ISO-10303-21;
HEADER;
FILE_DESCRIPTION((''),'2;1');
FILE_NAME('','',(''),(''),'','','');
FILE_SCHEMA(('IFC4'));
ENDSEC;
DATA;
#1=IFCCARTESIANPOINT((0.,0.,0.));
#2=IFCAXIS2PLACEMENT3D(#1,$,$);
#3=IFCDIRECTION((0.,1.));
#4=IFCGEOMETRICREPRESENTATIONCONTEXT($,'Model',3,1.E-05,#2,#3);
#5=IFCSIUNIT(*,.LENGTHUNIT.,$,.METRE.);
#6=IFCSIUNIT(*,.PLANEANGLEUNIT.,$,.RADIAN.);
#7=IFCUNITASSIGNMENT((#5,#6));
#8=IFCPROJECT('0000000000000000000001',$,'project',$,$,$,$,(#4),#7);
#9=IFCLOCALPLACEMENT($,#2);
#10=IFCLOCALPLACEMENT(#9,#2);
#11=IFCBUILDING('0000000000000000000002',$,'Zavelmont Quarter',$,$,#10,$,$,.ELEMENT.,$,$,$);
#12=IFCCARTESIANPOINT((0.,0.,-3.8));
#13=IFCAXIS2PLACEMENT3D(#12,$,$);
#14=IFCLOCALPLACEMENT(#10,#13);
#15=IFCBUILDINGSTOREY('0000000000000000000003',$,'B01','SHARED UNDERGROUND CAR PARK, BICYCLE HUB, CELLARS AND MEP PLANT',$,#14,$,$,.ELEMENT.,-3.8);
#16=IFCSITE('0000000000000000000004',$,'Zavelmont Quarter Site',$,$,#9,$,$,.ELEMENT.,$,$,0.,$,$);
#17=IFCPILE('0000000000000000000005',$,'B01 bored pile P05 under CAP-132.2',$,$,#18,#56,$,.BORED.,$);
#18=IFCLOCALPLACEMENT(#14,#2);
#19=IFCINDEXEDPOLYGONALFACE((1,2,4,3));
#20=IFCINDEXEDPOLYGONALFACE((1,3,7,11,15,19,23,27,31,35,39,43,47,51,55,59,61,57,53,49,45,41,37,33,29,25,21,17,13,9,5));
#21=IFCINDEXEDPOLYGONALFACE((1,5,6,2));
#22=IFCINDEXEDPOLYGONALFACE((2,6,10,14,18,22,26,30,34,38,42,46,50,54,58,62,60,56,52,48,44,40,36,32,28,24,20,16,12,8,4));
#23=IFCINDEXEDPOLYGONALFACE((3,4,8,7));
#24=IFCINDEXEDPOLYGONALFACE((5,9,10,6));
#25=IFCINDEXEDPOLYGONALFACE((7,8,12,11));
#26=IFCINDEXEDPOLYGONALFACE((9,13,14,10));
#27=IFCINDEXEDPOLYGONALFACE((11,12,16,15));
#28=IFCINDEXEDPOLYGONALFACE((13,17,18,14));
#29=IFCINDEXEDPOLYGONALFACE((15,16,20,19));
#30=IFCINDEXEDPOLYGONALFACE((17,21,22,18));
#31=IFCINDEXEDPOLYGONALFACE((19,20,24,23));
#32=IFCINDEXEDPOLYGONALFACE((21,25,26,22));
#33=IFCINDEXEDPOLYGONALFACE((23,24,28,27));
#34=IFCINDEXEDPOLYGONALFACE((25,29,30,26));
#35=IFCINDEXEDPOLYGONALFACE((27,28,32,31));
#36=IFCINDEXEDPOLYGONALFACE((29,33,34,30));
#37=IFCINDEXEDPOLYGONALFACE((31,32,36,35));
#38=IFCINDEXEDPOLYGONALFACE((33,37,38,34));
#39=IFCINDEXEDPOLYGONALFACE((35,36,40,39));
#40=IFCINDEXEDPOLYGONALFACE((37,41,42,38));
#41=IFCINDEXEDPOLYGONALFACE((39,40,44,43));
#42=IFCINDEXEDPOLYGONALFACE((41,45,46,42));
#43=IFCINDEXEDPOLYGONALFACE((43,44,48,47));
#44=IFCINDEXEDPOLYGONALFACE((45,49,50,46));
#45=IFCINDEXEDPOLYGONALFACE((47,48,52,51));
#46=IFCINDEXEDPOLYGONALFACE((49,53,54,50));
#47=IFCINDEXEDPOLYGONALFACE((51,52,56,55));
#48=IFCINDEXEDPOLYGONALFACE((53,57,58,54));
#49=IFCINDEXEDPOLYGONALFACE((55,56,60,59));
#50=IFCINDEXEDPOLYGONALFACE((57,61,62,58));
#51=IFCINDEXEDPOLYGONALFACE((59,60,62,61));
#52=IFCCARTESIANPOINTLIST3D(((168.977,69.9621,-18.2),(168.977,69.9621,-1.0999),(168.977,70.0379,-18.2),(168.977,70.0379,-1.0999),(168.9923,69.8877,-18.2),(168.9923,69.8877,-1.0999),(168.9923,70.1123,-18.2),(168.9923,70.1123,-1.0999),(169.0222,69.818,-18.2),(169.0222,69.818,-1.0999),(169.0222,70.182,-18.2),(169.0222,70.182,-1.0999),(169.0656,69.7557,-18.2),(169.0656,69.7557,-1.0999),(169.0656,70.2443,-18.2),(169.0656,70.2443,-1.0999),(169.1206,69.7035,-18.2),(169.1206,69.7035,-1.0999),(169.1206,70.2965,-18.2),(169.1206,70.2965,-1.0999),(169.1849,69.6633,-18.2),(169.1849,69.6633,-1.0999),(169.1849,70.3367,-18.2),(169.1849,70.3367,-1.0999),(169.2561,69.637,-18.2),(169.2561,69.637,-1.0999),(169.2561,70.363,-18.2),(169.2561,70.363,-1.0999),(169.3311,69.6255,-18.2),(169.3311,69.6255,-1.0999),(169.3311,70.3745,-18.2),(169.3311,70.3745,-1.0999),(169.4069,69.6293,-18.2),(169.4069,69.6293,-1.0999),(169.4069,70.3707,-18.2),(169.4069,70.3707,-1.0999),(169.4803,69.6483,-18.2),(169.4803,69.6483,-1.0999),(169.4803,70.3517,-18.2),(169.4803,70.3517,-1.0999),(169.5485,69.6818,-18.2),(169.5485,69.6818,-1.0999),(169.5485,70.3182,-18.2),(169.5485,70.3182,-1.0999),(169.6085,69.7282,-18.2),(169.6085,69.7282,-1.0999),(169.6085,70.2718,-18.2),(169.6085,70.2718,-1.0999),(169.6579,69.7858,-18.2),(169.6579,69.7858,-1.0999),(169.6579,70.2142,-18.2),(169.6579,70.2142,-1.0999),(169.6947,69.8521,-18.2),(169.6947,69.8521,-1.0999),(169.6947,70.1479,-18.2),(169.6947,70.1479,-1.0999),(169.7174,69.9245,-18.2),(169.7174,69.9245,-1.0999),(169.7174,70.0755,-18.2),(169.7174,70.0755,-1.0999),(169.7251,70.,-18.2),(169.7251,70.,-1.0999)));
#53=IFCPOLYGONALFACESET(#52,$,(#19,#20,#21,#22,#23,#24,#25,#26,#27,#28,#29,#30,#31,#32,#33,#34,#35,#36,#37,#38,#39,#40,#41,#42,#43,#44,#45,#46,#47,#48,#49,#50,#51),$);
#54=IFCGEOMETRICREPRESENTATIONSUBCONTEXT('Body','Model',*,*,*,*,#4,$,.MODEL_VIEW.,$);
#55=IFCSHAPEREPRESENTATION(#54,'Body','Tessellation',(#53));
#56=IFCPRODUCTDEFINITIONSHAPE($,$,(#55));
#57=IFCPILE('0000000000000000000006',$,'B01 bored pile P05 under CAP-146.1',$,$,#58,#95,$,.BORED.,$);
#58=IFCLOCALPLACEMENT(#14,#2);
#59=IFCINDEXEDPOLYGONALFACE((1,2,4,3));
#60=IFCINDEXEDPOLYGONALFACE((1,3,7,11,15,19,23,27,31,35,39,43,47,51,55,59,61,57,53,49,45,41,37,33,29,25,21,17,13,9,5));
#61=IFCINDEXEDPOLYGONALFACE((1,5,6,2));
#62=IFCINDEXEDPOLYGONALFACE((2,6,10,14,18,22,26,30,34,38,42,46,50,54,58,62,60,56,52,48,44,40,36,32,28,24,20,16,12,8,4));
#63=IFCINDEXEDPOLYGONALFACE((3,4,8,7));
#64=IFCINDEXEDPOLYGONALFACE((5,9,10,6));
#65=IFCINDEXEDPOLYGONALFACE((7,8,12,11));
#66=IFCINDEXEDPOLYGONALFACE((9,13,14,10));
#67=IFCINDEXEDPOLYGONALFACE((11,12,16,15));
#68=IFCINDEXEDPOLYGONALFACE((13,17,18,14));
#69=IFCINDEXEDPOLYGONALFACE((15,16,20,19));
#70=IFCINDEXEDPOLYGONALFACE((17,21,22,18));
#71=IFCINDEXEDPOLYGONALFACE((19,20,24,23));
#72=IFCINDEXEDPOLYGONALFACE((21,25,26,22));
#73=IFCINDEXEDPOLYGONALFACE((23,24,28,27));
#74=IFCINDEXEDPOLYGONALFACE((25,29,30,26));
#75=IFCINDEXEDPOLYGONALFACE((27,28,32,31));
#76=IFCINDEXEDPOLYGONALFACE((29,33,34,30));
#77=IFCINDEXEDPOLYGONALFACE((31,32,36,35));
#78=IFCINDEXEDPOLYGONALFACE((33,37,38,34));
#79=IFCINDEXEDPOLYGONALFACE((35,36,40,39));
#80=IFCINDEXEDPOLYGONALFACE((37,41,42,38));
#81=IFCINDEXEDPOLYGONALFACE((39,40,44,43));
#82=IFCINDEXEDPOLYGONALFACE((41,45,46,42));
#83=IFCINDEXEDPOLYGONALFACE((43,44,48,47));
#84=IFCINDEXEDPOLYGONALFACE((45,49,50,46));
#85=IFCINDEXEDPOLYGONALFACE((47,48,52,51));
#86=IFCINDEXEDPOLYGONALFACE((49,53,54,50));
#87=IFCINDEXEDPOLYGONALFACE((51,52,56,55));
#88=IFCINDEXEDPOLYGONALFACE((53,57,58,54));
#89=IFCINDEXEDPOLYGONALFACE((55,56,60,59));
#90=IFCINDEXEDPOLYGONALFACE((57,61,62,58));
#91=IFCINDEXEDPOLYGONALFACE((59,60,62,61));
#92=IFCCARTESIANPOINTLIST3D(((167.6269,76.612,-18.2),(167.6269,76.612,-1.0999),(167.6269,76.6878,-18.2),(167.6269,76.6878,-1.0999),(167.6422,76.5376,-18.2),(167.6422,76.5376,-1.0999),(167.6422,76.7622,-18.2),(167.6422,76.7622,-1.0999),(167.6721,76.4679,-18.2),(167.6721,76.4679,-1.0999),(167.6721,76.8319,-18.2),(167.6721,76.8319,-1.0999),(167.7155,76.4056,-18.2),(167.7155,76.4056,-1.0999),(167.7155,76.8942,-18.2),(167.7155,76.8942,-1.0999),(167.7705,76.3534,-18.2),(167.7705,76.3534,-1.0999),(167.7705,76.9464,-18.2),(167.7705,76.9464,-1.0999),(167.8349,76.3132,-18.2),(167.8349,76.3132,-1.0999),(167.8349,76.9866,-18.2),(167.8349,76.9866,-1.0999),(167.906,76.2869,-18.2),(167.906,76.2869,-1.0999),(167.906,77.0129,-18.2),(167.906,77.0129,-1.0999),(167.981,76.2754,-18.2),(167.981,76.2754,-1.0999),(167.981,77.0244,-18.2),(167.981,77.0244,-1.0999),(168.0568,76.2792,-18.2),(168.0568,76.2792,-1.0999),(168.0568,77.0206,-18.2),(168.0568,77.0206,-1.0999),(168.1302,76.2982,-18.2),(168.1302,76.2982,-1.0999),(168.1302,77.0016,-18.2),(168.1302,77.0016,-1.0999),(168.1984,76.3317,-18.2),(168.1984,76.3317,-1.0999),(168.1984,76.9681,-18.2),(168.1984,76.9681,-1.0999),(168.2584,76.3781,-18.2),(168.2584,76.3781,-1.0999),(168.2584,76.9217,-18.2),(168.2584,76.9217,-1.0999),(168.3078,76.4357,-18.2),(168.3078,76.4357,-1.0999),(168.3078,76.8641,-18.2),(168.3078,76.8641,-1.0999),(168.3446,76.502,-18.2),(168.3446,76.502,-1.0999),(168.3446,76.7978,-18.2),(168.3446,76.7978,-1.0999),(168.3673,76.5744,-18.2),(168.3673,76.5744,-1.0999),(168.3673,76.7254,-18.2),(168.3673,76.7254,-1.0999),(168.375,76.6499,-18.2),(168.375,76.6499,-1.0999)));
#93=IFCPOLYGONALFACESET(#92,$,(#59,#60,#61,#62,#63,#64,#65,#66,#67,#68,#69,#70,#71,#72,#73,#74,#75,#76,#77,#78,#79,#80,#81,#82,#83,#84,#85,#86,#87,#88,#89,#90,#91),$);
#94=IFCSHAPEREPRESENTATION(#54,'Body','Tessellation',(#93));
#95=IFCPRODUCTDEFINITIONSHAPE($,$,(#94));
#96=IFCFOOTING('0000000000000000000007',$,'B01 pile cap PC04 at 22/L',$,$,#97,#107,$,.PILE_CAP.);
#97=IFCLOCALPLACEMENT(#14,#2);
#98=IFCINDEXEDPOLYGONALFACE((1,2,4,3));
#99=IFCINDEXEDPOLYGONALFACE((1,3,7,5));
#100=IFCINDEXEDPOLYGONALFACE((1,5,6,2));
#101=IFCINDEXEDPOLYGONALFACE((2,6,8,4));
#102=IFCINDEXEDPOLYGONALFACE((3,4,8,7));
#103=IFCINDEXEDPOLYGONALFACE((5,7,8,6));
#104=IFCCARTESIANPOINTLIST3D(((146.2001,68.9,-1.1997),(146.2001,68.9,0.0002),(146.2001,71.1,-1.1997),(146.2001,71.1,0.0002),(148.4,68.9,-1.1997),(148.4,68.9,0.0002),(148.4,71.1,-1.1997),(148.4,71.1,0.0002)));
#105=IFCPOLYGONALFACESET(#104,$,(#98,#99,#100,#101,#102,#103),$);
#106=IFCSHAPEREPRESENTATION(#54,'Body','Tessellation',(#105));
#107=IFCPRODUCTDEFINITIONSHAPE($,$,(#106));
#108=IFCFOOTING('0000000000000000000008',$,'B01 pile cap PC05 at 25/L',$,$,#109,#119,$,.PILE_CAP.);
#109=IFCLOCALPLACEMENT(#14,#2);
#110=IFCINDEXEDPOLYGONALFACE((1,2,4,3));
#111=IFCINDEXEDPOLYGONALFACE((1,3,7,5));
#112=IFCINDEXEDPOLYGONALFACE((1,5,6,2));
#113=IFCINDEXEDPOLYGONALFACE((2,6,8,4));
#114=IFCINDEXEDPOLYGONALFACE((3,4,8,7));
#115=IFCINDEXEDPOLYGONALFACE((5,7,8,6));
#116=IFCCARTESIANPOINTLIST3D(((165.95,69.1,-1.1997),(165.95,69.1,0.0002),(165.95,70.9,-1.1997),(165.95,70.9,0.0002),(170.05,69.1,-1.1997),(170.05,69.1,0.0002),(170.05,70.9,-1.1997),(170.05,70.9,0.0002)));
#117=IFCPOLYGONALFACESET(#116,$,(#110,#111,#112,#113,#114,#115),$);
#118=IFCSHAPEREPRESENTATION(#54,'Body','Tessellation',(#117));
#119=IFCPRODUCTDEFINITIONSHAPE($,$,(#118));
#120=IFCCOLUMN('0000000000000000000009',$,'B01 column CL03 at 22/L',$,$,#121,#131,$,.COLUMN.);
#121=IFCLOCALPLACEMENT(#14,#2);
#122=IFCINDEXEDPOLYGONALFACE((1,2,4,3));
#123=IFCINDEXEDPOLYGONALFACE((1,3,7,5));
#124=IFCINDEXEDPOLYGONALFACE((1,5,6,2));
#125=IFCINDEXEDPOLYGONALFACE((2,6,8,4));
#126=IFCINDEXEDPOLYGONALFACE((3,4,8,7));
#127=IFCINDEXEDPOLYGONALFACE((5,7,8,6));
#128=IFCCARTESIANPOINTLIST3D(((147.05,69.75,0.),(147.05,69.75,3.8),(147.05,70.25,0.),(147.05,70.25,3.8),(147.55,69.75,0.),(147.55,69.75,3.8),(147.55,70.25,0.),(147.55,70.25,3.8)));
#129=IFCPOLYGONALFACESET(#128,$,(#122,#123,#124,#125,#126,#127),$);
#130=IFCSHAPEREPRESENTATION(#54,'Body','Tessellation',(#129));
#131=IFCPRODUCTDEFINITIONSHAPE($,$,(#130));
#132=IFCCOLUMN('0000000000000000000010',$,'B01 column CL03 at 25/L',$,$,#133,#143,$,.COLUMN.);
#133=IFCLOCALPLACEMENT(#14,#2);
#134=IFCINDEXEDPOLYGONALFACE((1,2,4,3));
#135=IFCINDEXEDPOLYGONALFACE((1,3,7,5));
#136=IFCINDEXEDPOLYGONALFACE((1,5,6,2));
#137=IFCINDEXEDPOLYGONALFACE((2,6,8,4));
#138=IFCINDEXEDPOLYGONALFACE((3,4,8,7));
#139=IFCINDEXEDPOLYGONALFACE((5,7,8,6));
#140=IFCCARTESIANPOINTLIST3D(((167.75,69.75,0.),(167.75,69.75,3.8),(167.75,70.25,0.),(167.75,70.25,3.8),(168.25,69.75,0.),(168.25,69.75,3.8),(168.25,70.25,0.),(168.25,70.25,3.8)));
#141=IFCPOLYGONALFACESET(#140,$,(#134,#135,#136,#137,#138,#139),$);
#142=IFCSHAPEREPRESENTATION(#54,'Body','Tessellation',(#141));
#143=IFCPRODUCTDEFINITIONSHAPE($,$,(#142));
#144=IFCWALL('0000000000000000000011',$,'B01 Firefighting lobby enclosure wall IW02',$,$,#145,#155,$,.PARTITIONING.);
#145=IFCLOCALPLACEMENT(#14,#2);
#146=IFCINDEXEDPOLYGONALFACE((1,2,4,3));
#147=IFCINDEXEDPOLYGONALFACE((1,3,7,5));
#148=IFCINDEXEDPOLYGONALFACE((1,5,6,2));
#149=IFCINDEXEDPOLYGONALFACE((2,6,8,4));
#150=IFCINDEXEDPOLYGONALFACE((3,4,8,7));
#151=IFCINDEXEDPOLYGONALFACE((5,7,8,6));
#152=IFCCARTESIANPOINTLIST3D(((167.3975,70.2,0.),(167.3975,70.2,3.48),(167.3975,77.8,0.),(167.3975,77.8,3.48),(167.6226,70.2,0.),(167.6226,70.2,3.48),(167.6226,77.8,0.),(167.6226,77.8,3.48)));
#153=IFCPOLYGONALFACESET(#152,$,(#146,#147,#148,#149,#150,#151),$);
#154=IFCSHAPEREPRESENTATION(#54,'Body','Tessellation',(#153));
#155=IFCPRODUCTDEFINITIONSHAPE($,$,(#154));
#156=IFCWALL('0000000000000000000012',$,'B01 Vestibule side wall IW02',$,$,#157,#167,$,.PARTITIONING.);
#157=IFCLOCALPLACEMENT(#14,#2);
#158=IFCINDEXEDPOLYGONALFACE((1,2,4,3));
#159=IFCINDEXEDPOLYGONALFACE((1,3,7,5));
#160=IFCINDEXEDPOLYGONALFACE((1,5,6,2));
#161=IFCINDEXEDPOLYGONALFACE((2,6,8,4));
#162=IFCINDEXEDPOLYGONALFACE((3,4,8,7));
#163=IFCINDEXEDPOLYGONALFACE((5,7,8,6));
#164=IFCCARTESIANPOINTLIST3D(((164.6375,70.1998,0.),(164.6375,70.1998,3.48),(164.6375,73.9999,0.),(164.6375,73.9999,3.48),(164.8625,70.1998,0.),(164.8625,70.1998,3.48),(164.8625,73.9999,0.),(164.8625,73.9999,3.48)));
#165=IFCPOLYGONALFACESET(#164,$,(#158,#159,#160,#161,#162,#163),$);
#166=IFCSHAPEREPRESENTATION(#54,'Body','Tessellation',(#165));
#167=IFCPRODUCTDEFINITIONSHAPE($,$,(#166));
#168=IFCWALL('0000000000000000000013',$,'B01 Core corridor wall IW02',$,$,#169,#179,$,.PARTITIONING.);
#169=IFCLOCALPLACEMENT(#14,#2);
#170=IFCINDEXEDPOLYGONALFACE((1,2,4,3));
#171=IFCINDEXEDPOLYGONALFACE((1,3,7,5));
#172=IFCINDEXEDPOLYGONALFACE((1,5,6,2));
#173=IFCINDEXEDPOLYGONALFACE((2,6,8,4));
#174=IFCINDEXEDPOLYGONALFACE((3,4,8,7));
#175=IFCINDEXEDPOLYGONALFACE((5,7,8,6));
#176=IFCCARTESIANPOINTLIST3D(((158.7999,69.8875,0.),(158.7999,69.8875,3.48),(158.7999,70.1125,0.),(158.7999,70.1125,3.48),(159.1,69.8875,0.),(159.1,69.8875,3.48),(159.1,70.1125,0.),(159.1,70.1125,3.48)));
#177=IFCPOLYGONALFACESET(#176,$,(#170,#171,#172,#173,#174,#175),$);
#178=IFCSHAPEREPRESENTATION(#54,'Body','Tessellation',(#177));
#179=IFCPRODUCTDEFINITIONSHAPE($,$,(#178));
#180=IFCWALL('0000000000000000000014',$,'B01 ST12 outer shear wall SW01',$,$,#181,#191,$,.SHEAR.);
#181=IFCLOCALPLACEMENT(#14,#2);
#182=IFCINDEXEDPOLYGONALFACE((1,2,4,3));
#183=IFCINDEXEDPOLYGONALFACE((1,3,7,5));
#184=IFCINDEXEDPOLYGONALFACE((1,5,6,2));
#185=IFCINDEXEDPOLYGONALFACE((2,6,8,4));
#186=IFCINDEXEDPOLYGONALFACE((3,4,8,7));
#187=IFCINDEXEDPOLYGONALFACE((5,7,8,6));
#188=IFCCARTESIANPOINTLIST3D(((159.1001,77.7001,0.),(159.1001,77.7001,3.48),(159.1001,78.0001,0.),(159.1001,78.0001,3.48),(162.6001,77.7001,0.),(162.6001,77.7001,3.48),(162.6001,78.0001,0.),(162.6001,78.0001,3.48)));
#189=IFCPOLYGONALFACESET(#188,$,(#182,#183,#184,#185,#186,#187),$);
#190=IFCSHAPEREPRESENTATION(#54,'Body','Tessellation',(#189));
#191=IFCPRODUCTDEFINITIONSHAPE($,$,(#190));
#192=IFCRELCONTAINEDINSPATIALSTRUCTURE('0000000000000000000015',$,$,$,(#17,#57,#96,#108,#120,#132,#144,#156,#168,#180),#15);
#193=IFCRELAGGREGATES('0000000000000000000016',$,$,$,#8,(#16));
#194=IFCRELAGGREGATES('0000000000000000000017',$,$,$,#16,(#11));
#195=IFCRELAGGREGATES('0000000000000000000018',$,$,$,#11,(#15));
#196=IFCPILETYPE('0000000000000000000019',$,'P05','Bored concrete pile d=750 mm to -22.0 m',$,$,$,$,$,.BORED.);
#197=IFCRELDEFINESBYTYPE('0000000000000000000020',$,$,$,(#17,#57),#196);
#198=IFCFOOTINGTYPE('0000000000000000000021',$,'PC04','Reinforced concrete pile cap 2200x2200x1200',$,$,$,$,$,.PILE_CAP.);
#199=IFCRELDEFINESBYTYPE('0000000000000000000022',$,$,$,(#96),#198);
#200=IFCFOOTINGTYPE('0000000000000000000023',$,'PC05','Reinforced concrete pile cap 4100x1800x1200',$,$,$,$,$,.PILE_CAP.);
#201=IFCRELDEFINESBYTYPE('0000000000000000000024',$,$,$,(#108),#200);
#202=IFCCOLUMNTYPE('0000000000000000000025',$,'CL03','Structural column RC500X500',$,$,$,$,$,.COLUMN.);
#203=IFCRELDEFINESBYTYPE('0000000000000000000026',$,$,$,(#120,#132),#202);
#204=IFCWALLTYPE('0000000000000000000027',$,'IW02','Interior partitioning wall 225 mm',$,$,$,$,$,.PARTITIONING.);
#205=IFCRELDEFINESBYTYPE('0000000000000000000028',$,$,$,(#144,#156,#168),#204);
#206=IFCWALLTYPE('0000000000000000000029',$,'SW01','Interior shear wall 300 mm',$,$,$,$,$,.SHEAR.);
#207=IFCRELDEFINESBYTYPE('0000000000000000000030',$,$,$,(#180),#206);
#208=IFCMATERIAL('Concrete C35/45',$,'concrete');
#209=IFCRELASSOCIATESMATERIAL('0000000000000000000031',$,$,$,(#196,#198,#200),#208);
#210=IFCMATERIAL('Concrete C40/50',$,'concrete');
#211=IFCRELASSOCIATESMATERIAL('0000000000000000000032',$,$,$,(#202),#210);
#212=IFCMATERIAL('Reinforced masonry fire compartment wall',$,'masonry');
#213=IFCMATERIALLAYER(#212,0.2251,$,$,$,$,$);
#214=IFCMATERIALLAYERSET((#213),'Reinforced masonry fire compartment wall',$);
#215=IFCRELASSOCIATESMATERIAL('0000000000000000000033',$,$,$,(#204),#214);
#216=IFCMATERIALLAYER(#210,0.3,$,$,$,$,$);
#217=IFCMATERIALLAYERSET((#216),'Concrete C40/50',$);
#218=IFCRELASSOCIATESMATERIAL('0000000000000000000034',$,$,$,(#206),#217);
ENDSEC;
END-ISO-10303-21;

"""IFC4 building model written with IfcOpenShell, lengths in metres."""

from ifc_helpers import new_model, si_unit, direction, frame, frame_2d, origin, origin_2d, place, context, subcontext, project, spatial, rectangle, circle, extrude, material, layer, layer_set, material_profile, profile_set, type_object, element, save


model = new_model("IFC4")

# Units and contexts
model_context = context("Model", 3, precision=1e-05, world=origin(), true_north=direction((0.0, 1.0)))
body_context = subcontext(model_context, "Body", "Model", "MODEL_VIEW")
ifc_project = project(units=[si_unit("LENGTHUNIT", "METRE"), si_unit("PLANEANGLEUNIT", "RADIAN")], contexts=[model_context])

# Site, building, storey
site_placement = place(None, origin())
site = spatial("IfcSite", under=ifc_project, at=site_placement, Name="Zavelmont Quarter Site", CompositionType="ELEMENT", RefElevation=0.0)
building_placement = place(site_placement, origin())
building = spatial("IfcBuilding", under=site, at=building_placement, Name="Zavelmont Quarter", CompositionType="ELEMENT")
storey_placement = place(building_placement, frame((0.0, 0.0, -3.8)))
storey = spatial("IfcBuildingStorey", under=building, at=storey_placement, Name="B01", Description="SHARED UNDERGROUND CAR PARK, BICYCLE HUB, CELLARS AND MEP PLANT", CompositionType="ELEMENT", Elevation=-3.8)

# Shared definitions
ifc_material_1 = material(Name="Concrete C35/45", Category="concrete")

# Piles
ifc_material_profile_1 = material_profile(ifc_material_1, circle(Radius=0.375, at=origin_2d()), Name="BP750")
ifc_profile_set_1 = profile_set([ifc_material_profile_1], Name="Concrete C35/45")
pile_type_1 = type_object("IfcPileType", Name="P05", Description="Bored concrete pile d=750 mm to -22.0 m", PredefinedType="BORED", material=ifc_profile_set_1)
for number, where, z_axis, x_axis, name in (
    (1, (169.3501, 70.0, -1.0999), (0.0, 0.0, -1.0), (1.0, 0.0, 0.0), "B01 bored pile P05 under CAP-132.2"),
    (2, (168.0, 76.6499, -1.0999), (0.0, 0.0, -1.0), (1.0, 0.0, 0.0), "B01 bored pile P05 under CAP-146.1"),
):
    element("IfcPile", number, at=place(storey_placement, frame(where, z_axis=z_axis, x_axis=x_axis)), inside=storey, type_object=pile_type_1, Name=name, PredefinedType="BORED", context=body_context, shape_type="SweptSolid", body=[
        extrude(circle(Radius=0.375, at=origin_2d()), origin(), (0.0, 0.0, 1.0), 17.1001),
    ])

# Footings
footing_type_1 = type_object("IfcFootingType", Name="PC04", Description="Reinforced concrete pile cap 2200x2200x1200", PredefinedType="PILE_CAP", material=ifc_material_1)
footing_1_placement = place(storey_placement, frame((147.3, 70.0, -1.1997), z_axis=(0.0, 0.0, 1.0), x_axis=(1.0, 0.0, 0.0)))
element("IfcFooting", 3, at=footing_1_placement, inside=storey, type_object=footing_type_1, Name="B01 pile cap PC04 at 22/L", PredefinedType="PILE_CAP", context=body_context, shape_type="SweptSolid", body=[
    extrude(rectangle(XDim=2.2, YDim=2.2, at=origin_2d()), origin(), (0.0, 0.0, 1.0), 1.2),
])
footing_type_2 = type_object("IfcFootingType", Name="PC05", Description="Reinforced concrete pile cap 4100x1800x1200", PredefinedType="PILE_CAP", material=ifc_material_1)
footing_2_placement = place(storey_placement, frame((168.0, 70.0, -1.1997), z_axis=(0.0, 0.0, 1.0), x_axis=(1.0, 0.0, 0.0)))
element("IfcFooting", 4, at=footing_2_placement, inside=storey, type_object=footing_type_2, Name="B01 pile cap PC05 at 25/L", PredefinedType="PILE_CAP", context=body_context, shape_type="SweptSolid", body=[
    extrude(rectangle(XDim=4.1001, YDim=1.8, at=origin_2d()), origin(), (0.0, 0.0, 1.0), 1.2),
])

# Columns
ifc_material_2 = material(Name="Concrete C40/50", Category="concrete")
ifc_material_profile_2 = material_profile(ifc_material_2, rectangle(XDim=0.5, YDim=0.5, at=origin_2d()), Name="RC500X500")
ifc_profile_set_2 = profile_set([ifc_material_profile_2], Name="Concrete C40/50")
column_type = type_object("IfcColumnType", Name="CL03", Description="Structural column RC500X500", PredefinedType="COLUMN", material=ifc_profile_set_2)
for number, where, z_axis, x_axis, name in (
    (5, (147.3, 70.0, 0.0), (0.0, 0.0, 1.0), (1.0, 0.0, 0.0), "B01 column CL03 at 22/L"),
    (6, (168.0, 70.0, 0.0), (0.0, 0.0, 1.0), (1.0, 0.0, 0.0), "B01 column CL03 at 25/L"),
):
    element("IfcColumn", number, at=place(storey_placement, frame(where, z_axis=z_axis, x_axis=x_axis)), inside=storey, type_object=column_type, Name=name, PredefinedType="COLUMN", context=body_context, shape_type="SweptSolid", body=[
        extrude(rectangle(XDim=0.5, YDim=0.5, at=origin_2d()), origin(), (0.0, 0.0, 1.0), 3.8),
    ])

# Walls
ifc_material_3 = material(Name="Reinforced masonry fire compartment wall", Category="masonry")
ifc_layer_1 = layer(ifc_material_3, 0.2251)
ifc_layer_set_1 = layer_set([ifc_layer_1], Name="Reinforced masonry fire compartment wall")
wall_type_1 = type_object("IfcWallType", Name="IW02", Description="Interior partitioning wall 225 mm", PredefinedType="PARTITIONING", material=ifc_layer_set_1)
wall_1_placement = place(storey_placement, frame((167.51, 70.2, 0.0), z_axis=(0.0, 0.0, 1.0), x_axis=(0.0, 1.0, 0.0)))
element("IfcWall", 7, at=wall_1_placement, inside=storey, type_object=wall_type_1, Name="B01 Firefighting lobby enclosure wall IW02", PredefinedType="PARTITIONING", context=body_context, shape_type="SweptSolid", body=[
    extrude(rectangle(XDim=7.6001, YDim=0.2251, at=frame_2d((3.8, 0.0))), origin(), (0.0, 0.0, 1.0), 3.48),
])
wall_2_placement = place(storey_placement, frame((164.75, 70.2, 0.0), z_axis=(0.0, 0.0, 1.0), x_axis=(0.0, 1.0, 0.0)))
element("IfcWall", 8, at=wall_2_placement, inside=storey, type_object=wall_type_1, Name="B01 Vestibule side wall IW02", PredefinedType="PARTITIONING", context=body_context, shape_type="SweptSolid", body=[
    extrude(rectangle(XDim=3.8, YDim=0.2251, at=frame_2d((1.8999, 0.0))), origin(), (0.0, 0.0, 1.0), 3.48),
])

# Wall
wall_3_placement = place(storey_placement, frame((158.8, 70.0, 0.0), z_axis=(0.0, 0.0, 1.0), x_axis=(1.0, 0.0, 0.0)))
element("IfcWall", 9, at=wall_3_placement, inside=storey, type_object=wall_type_1, Name="B01 Core corridor wall IW02", PredefinedType="PARTITIONING", context=body_context, shape_type="SweptSolid", body=[
    extrude(rectangle(XDim=0.3, YDim=0.2251, at=frame_2d((0.1499, 0.0))), origin(), (0.0, 0.0, 1.0), 3.48),
])

# Wall
ifc_layer_2 = layer(ifc_material_2, 0.3)
ifc_layer_set_2 = layer_set([ifc_layer_2], Name="Concrete C40/50")
wall_type_2 = type_object("IfcWallType", Name="SW01", Description="Interior shear wall 300 mm", PredefinedType="SHEAR", material=ifc_layer_set_2)
for number, where, z_axis, x_axis, name in (
    (10, (159.1001, 77.8501, 0.0), (0.0, 0.0, 1.0), (1.0, 0.0, 0.0), "B01 ST12 outer shear wall SW01"),
):
    element("IfcWall", number, at=place(storey_placement, frame(where, z_axis=z_axis, x_axis=x_axis)), inside=storey, type_object=wall_type_2, Name=name, PredefinedType="SHEAR", context=body_context, shape_type="SweptSolid", body=[
        extrude(rectangle(XDim=3.5, YDim=0.3, at=frame_2d((1.75, 0.0))), origin(), (0.0, 0.0, 1.0), 3.48),
    ])

save(model, "model.ifc")
